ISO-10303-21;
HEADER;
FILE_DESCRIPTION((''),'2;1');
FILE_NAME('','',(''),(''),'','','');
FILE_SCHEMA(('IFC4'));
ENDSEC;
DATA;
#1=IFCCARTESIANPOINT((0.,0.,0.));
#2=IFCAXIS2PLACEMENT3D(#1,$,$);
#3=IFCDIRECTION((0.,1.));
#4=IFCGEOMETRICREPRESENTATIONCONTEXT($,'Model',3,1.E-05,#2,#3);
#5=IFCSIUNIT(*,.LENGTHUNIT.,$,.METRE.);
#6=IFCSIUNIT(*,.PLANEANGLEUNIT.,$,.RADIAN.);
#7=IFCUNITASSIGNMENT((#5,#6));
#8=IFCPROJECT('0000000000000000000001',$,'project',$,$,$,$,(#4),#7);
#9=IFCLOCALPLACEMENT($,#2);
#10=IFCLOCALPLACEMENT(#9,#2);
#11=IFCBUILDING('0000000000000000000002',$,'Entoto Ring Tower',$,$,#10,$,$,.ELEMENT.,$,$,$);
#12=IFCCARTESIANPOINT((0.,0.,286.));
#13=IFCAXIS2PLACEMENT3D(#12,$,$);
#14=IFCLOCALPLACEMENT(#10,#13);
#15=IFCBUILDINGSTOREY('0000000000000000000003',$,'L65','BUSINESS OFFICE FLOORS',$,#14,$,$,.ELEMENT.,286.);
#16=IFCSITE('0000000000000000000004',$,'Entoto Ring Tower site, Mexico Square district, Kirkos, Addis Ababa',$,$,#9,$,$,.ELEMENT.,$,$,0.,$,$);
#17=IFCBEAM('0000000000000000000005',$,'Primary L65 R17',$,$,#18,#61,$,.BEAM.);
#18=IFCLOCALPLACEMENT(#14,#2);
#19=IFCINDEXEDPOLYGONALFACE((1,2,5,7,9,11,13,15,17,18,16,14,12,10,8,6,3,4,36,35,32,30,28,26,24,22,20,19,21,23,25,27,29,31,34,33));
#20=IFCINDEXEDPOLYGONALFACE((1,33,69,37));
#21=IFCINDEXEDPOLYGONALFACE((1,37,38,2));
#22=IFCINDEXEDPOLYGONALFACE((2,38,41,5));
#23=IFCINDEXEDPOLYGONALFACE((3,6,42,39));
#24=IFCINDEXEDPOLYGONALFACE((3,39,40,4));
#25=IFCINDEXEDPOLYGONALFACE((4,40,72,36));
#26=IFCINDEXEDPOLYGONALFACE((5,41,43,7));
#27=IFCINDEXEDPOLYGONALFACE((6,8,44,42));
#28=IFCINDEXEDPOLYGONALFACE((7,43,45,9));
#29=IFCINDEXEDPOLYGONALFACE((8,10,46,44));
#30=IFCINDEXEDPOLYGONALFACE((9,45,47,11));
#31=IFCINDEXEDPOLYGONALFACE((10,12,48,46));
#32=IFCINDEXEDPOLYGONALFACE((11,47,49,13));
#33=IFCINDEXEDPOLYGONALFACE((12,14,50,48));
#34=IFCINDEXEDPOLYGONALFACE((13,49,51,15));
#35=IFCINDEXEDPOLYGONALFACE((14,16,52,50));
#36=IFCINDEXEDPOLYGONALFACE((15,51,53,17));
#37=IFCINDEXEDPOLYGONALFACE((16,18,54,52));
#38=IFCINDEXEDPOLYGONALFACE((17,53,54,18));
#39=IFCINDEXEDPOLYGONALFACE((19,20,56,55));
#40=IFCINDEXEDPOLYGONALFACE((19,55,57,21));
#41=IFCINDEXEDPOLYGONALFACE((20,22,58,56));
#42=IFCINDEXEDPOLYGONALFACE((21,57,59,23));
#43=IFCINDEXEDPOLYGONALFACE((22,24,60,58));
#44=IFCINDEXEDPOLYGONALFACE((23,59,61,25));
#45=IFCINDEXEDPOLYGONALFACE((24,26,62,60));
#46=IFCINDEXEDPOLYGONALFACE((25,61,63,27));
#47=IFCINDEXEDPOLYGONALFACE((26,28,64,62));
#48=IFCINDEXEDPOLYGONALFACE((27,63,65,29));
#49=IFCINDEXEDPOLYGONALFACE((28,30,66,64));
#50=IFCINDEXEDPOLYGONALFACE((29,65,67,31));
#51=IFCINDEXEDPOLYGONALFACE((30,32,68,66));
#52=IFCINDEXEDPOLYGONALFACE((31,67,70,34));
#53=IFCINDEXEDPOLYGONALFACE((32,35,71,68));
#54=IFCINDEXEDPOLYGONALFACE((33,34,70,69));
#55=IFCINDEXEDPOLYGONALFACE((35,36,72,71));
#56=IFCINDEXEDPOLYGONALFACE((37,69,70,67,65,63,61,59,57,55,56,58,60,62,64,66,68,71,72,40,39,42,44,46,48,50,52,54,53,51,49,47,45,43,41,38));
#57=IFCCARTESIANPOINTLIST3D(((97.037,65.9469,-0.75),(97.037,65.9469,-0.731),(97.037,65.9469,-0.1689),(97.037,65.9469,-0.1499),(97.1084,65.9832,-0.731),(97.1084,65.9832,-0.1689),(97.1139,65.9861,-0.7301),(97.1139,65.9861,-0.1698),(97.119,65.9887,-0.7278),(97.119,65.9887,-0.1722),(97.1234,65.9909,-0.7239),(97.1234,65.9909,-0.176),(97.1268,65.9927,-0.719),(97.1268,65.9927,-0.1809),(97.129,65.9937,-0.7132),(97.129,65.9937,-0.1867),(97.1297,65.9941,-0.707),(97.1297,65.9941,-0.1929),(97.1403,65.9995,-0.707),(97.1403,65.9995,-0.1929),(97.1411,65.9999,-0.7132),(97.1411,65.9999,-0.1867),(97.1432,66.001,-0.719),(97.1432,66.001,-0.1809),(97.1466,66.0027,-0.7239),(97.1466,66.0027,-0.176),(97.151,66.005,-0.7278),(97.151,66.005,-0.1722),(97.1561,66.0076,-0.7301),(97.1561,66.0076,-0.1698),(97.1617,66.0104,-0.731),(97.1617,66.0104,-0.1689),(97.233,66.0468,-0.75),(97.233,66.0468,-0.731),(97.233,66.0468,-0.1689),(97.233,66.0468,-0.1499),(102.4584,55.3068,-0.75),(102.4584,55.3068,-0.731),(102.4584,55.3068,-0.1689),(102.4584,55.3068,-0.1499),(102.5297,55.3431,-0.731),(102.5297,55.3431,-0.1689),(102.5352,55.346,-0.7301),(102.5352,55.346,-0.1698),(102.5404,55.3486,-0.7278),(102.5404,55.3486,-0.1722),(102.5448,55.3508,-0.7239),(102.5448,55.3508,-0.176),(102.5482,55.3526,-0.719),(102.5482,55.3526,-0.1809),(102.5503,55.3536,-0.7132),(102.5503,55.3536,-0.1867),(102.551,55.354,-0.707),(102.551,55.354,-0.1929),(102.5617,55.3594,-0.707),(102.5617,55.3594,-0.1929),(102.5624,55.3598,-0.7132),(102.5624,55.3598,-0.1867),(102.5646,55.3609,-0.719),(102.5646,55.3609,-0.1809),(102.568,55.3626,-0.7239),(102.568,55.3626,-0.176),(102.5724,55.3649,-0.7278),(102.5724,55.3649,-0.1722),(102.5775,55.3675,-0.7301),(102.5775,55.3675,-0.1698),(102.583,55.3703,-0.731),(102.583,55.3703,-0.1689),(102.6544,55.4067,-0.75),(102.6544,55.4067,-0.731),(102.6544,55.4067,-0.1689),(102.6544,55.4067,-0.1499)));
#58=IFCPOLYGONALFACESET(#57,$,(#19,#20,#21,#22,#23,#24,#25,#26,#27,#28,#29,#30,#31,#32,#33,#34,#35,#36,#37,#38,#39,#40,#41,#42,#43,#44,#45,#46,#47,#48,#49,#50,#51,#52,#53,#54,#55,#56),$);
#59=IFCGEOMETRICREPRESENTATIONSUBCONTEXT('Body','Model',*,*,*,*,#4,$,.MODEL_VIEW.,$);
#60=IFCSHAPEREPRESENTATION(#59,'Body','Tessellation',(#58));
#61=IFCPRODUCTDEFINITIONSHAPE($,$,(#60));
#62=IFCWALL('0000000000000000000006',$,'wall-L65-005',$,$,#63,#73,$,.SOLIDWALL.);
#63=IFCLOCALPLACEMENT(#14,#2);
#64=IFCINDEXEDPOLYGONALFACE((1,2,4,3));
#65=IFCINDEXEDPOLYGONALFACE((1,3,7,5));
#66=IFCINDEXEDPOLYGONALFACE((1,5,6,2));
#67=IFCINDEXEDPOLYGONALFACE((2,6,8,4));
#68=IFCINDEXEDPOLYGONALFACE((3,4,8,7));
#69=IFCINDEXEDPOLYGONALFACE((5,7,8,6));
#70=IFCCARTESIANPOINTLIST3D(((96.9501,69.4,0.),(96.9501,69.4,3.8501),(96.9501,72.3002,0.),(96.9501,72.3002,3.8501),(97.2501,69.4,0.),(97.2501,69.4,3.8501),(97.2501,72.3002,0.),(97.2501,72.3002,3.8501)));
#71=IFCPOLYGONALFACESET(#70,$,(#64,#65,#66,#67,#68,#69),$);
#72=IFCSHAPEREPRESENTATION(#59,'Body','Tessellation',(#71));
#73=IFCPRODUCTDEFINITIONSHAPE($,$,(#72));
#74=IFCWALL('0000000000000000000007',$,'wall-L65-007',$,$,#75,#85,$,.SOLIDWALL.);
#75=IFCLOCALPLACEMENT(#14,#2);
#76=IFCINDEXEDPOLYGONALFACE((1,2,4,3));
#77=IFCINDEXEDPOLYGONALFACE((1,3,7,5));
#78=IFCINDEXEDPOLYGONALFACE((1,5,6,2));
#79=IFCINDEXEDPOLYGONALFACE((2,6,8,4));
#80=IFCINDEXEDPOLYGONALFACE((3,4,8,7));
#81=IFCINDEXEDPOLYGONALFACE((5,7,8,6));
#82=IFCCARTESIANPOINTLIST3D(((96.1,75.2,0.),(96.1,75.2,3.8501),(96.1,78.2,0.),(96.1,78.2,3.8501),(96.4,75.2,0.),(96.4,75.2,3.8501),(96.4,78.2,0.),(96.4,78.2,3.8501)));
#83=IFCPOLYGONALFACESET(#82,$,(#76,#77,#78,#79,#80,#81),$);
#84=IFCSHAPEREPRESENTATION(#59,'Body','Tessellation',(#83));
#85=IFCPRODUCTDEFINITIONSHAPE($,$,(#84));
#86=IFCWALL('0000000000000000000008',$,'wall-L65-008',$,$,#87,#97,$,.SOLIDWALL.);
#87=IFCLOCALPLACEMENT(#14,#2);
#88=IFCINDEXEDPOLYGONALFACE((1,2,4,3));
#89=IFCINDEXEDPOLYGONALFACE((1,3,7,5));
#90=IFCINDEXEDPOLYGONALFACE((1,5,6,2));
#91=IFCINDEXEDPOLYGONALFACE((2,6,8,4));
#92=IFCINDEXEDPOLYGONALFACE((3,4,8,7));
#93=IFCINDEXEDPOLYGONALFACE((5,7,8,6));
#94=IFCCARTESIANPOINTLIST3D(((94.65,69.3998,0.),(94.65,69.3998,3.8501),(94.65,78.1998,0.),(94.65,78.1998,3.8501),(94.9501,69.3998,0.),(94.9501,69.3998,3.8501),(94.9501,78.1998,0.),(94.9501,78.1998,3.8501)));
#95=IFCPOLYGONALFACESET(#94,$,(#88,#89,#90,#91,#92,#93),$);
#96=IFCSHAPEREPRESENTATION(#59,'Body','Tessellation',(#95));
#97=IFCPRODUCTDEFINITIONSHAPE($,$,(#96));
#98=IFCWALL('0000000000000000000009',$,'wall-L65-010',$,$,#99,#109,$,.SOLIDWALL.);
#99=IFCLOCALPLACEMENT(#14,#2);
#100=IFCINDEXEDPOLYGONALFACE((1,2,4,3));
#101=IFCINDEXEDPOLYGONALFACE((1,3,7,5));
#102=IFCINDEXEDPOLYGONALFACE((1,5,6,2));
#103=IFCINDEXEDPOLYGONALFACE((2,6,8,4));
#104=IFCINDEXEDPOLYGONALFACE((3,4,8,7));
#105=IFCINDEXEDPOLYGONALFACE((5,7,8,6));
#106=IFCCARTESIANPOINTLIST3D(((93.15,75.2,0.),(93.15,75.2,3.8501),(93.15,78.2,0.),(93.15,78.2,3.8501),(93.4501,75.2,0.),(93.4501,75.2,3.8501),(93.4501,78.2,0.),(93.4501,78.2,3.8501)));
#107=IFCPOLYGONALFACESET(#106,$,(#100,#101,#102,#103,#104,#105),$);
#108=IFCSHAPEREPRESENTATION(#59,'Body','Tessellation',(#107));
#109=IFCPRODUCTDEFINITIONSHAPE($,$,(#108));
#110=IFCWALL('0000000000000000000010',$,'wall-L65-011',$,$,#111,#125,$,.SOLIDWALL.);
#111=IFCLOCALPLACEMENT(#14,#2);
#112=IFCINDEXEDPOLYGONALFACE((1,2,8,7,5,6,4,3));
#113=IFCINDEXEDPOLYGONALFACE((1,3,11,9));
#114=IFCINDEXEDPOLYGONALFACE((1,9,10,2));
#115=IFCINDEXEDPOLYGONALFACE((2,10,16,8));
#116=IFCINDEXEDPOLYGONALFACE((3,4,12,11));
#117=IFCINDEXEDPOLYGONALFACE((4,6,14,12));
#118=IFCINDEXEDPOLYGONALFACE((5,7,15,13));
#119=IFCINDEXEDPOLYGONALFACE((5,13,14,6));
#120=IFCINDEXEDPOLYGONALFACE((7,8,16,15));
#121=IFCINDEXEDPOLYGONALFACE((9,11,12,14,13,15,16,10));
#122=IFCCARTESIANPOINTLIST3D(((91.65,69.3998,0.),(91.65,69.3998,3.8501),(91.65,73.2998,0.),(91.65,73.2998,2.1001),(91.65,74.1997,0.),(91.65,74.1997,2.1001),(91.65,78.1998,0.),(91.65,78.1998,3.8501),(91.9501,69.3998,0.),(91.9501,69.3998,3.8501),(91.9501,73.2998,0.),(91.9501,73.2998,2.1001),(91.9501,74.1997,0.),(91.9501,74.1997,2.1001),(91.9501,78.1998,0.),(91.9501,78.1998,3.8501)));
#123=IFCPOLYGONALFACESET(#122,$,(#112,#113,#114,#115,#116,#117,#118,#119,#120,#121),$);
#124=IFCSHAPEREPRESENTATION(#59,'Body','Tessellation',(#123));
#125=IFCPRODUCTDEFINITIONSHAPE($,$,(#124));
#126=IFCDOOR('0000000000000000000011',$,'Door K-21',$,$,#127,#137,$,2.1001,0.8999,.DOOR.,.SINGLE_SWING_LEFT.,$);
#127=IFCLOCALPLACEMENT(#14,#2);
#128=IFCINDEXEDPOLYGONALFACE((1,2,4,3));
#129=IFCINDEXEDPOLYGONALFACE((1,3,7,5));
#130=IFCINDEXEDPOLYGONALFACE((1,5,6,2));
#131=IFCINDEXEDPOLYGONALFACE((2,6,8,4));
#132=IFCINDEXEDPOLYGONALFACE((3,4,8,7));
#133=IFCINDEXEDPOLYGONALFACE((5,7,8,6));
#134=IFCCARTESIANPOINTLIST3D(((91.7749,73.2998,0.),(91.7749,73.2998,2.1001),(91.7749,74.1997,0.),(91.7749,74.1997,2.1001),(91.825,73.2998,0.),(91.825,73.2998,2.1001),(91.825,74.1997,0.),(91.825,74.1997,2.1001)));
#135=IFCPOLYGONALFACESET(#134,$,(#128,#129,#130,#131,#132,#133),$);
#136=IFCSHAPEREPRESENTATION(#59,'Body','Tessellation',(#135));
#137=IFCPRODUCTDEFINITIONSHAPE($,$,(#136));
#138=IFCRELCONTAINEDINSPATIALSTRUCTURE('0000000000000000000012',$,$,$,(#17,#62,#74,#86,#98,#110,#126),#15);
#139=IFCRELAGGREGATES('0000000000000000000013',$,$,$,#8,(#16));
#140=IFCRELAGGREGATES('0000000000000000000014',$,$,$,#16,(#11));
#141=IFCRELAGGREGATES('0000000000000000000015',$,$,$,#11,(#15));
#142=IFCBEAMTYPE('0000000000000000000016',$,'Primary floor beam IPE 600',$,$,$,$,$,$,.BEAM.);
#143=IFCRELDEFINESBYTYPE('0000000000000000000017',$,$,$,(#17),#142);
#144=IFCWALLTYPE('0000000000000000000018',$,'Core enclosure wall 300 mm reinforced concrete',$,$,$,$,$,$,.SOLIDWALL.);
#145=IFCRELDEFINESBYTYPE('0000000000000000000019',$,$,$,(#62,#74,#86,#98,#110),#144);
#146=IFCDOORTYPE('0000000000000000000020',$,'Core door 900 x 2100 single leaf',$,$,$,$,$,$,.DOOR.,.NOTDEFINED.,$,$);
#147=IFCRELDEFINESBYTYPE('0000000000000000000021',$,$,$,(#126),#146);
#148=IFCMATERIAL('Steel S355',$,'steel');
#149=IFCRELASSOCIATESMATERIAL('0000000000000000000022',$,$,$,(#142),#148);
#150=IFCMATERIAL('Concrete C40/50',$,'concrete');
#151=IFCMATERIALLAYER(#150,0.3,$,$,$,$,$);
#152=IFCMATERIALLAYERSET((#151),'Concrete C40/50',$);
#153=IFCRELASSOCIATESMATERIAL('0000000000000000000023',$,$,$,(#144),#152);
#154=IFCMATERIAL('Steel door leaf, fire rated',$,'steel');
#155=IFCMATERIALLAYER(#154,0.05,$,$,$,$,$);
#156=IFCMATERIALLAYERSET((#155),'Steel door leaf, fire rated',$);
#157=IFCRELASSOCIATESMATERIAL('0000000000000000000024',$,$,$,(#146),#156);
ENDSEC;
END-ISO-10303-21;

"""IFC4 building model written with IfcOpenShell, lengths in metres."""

from ifc_helpers import new_model, si_unit, direction, frame, frame_2d, origin, origin_2d, place, context, subcontext, project, spatial, rectangle, i_section, extrude, material, layer, layer_set, material_profile, profile_set, type_object, element, fill, save


model = new_model("IFC4")

# Units and contexts
model_context = context("Model", 3, precision=1e-05, world=origin(), true_north=direction((0.0, 1.0)))
body_context = subcontext(model_context, "Body", "Model", "MODEL_VIEW")
ifc_project = project(units=[si_unit("LENGTHUNIT", "METRE"), si_unit("PLANEANGLEUNIT", "RADIAN")], contexts=[model_context])

# Site, building, storey
site_placement = place(None, origin())
site = spatial("IfcSite", under=ifc_project, at=site_placement, Name="Entoto Ring Tower site, Mexico Square district, Kirkos, Addis Ababa", CompositionType="ELEMENT", RefElevation=0.0)
building_placement = place(site_placement, origin())
building = spatial("IfcBuilding", under=site, at=building_placement, Name="Entoto Ring Tower", CompositionType="ELEMENT")
storey_placement = place(building_placement, frame((0.0, 0.0, 286.0)))
storey = spatial("IfcBuildingStorey", under=building, at=storey_placement, Name="L65", Description="BUSINESS OFFICE FLOORS", CompositionType="ELEMENT", Elevation=286.0)

# Beam
ifc_material_1 = material(Name="Steel S355", Category="steel")
ifc_material_profile = material_profile(ifc_material_1, i_section(OverallWidth=0.22, OverallDepth=0.6001, WebThickness=0.012, FlangeThickness=0.019, FilletRadius=0.0239, at=origin_2d()), Name="IPE 600")
ifc_profile_set = profile_set([ifc_material_profile], Name="Steel S355")
beam_type = type_object("IfcBeamType", Name="Primary floor beam IPE 600", PredefinedType="BEAM", material=ifc_profile_set)
beam_placement = place(storey_placement, frame((97.135, 65.9968, -0.45), z_axis=(0.453988, -0.891008, 0.0), x_axis=(0.891008, 0.453988, 0.0)))
element("IfcBeam", 1, at=beam_placement, inside=storey, type_object=beam_type, Name="Primary L65 R17", PredefinedType="BEAM", context=body_context, shape_type="SweptSolid", body=[
    extrude(i_section(OverallWidth=0.22, OverallDepth=0.6001, WebThickness=0.012, FlangeThickness=0.019, FilletRadius=0.0239, at=origin_2d()), origin(), (0.0, 0.0, 1.0), 11.9417),
])

# Walls
ifc_material_2 = material(Name="Concrete C40/50", Category="concrete")
ifc_layer_1 = layer(ifc_material_2, 0.3)
ifc_layer_set_1 = layer_set([ifc_layer_1], Name="Concrete C40/50")
wall_type_1 = type_object("IfcWallType", Name="Core enclosure wall 300 mm reinforced concrete", PredefinedType="SOLIDWALL", material=ifc_layer_set_1)
wall_1_placement = place(storey_placement, frame((97.1001, 69.3999, 0.0), z_axis=(0.0, 0.0, 1.0), x_axis=(0.0, 1.0, 0.0)))
element("IfcWall", 2, at=wall_1_placement, inside=storey, type_object=wall_type_1, Name="wall-L65-005", PredefinedType="SOLIDWALL", context=body_context, shape_type="SweptSolid", body=[
    extrude(rectangle(XDim=2.9001, YDim=0.3, at=frame_2d((1.4502, 0.0))), origin(), (0.0, 0.0, 1.0), 3.8501),
])
wall_2_placement = place(storey_placement, frame((96.25, 75.2, 0.0), z_axis=(0.0, 0.0, 1.0), x_axis=(0.0, 1.0, 0.0)))
element("IfcWall", 3, at=wall_2_placement, inside=storey, type_object=wall_type_1, Name="wall-L65-007", PredefinedType="SOLIDWALL", context=body_context, shape_type="SweptSolid", body=[
    extrude(rectangle(XDim=3.0, YDim=0.3, at=frame_2d((1.5, 0.0))), origin(), (0.0, 0.0, 1.0), 3.8501),
])
wall_3_placement = place(storey_placement, frame((94.8, 69.3999, 0.0), z_axis=(0.0, 0.0, 1.0), x_axis=(0.0, 1.0, 0.0)))
element("IfcWall", 4, at=wall_3_placement, inside=storey, type_object=wall_type_1, Name="wall-L65-008", PredefinedType="SOLIDWALL", context=body_context, shape_type="SweptSolid", body=[
    extrude(rectangle(XDim=8.8, YDim=0.3, at=frame_2d((4.3999, 0.0))), origin(), (0.0, 0.0, 1.0), 3.8501),
])
wall_4_placement = place(storey_placement, frame((93.3, 75.2, 0.0), z_axis=(0.0, 0.0, 1.0), x_axis=(0.0, 1.0, 0.0)))
element("IfcWall", 5, at=wall_4_placement, inside=storey, type_object=wall_type_1, Name="wall-L65-010", PredefinedType="SOLIDWALL", context=body_context, shape_type="SweptSolid", body=[
    extrude(rectangle(XDim=3.0, YDim=0.3, at=frame_2d((1.5, 0.0))), origin(), (0.0, 0.0, 1.0), 3.8501),
])

# Wall, opening, door
wall_5_placement = place(storey_placement, frame((91.8, 69.3999, 0.0), z_axis=(0.0, 0.0, 1.0), x_axis=(0.0, 1.0, 0.0)))
wall_5 = element("IfcWall", 6, at=wall_5_placement, inside=storey, type_object=wall_type_1, Name="wall-L65-011", PredefinedType="SOLIDWALL", context=body_context, shape_type="SweptSolid", body=[
    extrude(rectangle(XDim=8.8, YDim=0.3, at=frame_2d((4.3999, 0.0))), origin(), (0.0, 0.0, 1.0), 3.8501),
])
opening_1_placement = place(wall_5_placement, frame((3.8999, 0.0, 0.0)))
opening_1 = element("IfcOpeningElement", 7, at=opening_1_placement, cuts=wall_5, PredefinedType="OPENING", context=body_context, shape_type="SweptSolid", body=[
    extrude(rectangle(XDim=0.8999, YDim=2.1001, at=frame_2d((0.45, 1.05))), frame((0.0, 0.1602, 0.0), z_axis=(0.0, -1.0, 0.0), x_axis=(1.0, 0.0, 0.0)), (0.0, 0.0, 1.0), 0.3201),
])
ifc_material_3 = material(Name="Steel door leaf, fire rated", Category="steel")
ifc_layer_2 = layer(ifc_material_3, 0.05)
ifc_layer_set_2 = layer_set([ifc_layer_2], Name="Steel door leaf, fire rated")
door_type_1 = type_object("IfcDoorType", Name="Core door 900 x 2100 single leaf", OperationType="NOTDEFINED", PredefinedType="DOOR", material=ifc_layer_set_2)
door_1_placement = place(opening_1_placement, frame((0.8999, 0.0, 0.0), z_axis=(0.0, 0.0, 1.0), x_axis=(-1.0, 0.0, 0.0)))
door_1 = element("IfcDoor", 8, at=door_1_placement, inside=storey, type_object=door_type_1, Name="Door K-21", OperationType="SINGLE_SWING_LEFT", OverallHeight=2.1001, OverallWidth=0.8999, PredefinedType="DOOR", context=body_context, shape_type="SweptSolid", body=[
    extrude(rectangle(XDim=0.8999, YDim=2.1001, at=frame_2d((0.45, 1.05))), frame((0.0, 0.0249, 0.0), z_axis=(0.0, -1.0, 0.0), x_axis=(1.0, 0.0, 0.0)), (0.0, 0.0, 1.0), 0.05),
])
fill(opening_1, door_1)

save(model, "model.ifc")
